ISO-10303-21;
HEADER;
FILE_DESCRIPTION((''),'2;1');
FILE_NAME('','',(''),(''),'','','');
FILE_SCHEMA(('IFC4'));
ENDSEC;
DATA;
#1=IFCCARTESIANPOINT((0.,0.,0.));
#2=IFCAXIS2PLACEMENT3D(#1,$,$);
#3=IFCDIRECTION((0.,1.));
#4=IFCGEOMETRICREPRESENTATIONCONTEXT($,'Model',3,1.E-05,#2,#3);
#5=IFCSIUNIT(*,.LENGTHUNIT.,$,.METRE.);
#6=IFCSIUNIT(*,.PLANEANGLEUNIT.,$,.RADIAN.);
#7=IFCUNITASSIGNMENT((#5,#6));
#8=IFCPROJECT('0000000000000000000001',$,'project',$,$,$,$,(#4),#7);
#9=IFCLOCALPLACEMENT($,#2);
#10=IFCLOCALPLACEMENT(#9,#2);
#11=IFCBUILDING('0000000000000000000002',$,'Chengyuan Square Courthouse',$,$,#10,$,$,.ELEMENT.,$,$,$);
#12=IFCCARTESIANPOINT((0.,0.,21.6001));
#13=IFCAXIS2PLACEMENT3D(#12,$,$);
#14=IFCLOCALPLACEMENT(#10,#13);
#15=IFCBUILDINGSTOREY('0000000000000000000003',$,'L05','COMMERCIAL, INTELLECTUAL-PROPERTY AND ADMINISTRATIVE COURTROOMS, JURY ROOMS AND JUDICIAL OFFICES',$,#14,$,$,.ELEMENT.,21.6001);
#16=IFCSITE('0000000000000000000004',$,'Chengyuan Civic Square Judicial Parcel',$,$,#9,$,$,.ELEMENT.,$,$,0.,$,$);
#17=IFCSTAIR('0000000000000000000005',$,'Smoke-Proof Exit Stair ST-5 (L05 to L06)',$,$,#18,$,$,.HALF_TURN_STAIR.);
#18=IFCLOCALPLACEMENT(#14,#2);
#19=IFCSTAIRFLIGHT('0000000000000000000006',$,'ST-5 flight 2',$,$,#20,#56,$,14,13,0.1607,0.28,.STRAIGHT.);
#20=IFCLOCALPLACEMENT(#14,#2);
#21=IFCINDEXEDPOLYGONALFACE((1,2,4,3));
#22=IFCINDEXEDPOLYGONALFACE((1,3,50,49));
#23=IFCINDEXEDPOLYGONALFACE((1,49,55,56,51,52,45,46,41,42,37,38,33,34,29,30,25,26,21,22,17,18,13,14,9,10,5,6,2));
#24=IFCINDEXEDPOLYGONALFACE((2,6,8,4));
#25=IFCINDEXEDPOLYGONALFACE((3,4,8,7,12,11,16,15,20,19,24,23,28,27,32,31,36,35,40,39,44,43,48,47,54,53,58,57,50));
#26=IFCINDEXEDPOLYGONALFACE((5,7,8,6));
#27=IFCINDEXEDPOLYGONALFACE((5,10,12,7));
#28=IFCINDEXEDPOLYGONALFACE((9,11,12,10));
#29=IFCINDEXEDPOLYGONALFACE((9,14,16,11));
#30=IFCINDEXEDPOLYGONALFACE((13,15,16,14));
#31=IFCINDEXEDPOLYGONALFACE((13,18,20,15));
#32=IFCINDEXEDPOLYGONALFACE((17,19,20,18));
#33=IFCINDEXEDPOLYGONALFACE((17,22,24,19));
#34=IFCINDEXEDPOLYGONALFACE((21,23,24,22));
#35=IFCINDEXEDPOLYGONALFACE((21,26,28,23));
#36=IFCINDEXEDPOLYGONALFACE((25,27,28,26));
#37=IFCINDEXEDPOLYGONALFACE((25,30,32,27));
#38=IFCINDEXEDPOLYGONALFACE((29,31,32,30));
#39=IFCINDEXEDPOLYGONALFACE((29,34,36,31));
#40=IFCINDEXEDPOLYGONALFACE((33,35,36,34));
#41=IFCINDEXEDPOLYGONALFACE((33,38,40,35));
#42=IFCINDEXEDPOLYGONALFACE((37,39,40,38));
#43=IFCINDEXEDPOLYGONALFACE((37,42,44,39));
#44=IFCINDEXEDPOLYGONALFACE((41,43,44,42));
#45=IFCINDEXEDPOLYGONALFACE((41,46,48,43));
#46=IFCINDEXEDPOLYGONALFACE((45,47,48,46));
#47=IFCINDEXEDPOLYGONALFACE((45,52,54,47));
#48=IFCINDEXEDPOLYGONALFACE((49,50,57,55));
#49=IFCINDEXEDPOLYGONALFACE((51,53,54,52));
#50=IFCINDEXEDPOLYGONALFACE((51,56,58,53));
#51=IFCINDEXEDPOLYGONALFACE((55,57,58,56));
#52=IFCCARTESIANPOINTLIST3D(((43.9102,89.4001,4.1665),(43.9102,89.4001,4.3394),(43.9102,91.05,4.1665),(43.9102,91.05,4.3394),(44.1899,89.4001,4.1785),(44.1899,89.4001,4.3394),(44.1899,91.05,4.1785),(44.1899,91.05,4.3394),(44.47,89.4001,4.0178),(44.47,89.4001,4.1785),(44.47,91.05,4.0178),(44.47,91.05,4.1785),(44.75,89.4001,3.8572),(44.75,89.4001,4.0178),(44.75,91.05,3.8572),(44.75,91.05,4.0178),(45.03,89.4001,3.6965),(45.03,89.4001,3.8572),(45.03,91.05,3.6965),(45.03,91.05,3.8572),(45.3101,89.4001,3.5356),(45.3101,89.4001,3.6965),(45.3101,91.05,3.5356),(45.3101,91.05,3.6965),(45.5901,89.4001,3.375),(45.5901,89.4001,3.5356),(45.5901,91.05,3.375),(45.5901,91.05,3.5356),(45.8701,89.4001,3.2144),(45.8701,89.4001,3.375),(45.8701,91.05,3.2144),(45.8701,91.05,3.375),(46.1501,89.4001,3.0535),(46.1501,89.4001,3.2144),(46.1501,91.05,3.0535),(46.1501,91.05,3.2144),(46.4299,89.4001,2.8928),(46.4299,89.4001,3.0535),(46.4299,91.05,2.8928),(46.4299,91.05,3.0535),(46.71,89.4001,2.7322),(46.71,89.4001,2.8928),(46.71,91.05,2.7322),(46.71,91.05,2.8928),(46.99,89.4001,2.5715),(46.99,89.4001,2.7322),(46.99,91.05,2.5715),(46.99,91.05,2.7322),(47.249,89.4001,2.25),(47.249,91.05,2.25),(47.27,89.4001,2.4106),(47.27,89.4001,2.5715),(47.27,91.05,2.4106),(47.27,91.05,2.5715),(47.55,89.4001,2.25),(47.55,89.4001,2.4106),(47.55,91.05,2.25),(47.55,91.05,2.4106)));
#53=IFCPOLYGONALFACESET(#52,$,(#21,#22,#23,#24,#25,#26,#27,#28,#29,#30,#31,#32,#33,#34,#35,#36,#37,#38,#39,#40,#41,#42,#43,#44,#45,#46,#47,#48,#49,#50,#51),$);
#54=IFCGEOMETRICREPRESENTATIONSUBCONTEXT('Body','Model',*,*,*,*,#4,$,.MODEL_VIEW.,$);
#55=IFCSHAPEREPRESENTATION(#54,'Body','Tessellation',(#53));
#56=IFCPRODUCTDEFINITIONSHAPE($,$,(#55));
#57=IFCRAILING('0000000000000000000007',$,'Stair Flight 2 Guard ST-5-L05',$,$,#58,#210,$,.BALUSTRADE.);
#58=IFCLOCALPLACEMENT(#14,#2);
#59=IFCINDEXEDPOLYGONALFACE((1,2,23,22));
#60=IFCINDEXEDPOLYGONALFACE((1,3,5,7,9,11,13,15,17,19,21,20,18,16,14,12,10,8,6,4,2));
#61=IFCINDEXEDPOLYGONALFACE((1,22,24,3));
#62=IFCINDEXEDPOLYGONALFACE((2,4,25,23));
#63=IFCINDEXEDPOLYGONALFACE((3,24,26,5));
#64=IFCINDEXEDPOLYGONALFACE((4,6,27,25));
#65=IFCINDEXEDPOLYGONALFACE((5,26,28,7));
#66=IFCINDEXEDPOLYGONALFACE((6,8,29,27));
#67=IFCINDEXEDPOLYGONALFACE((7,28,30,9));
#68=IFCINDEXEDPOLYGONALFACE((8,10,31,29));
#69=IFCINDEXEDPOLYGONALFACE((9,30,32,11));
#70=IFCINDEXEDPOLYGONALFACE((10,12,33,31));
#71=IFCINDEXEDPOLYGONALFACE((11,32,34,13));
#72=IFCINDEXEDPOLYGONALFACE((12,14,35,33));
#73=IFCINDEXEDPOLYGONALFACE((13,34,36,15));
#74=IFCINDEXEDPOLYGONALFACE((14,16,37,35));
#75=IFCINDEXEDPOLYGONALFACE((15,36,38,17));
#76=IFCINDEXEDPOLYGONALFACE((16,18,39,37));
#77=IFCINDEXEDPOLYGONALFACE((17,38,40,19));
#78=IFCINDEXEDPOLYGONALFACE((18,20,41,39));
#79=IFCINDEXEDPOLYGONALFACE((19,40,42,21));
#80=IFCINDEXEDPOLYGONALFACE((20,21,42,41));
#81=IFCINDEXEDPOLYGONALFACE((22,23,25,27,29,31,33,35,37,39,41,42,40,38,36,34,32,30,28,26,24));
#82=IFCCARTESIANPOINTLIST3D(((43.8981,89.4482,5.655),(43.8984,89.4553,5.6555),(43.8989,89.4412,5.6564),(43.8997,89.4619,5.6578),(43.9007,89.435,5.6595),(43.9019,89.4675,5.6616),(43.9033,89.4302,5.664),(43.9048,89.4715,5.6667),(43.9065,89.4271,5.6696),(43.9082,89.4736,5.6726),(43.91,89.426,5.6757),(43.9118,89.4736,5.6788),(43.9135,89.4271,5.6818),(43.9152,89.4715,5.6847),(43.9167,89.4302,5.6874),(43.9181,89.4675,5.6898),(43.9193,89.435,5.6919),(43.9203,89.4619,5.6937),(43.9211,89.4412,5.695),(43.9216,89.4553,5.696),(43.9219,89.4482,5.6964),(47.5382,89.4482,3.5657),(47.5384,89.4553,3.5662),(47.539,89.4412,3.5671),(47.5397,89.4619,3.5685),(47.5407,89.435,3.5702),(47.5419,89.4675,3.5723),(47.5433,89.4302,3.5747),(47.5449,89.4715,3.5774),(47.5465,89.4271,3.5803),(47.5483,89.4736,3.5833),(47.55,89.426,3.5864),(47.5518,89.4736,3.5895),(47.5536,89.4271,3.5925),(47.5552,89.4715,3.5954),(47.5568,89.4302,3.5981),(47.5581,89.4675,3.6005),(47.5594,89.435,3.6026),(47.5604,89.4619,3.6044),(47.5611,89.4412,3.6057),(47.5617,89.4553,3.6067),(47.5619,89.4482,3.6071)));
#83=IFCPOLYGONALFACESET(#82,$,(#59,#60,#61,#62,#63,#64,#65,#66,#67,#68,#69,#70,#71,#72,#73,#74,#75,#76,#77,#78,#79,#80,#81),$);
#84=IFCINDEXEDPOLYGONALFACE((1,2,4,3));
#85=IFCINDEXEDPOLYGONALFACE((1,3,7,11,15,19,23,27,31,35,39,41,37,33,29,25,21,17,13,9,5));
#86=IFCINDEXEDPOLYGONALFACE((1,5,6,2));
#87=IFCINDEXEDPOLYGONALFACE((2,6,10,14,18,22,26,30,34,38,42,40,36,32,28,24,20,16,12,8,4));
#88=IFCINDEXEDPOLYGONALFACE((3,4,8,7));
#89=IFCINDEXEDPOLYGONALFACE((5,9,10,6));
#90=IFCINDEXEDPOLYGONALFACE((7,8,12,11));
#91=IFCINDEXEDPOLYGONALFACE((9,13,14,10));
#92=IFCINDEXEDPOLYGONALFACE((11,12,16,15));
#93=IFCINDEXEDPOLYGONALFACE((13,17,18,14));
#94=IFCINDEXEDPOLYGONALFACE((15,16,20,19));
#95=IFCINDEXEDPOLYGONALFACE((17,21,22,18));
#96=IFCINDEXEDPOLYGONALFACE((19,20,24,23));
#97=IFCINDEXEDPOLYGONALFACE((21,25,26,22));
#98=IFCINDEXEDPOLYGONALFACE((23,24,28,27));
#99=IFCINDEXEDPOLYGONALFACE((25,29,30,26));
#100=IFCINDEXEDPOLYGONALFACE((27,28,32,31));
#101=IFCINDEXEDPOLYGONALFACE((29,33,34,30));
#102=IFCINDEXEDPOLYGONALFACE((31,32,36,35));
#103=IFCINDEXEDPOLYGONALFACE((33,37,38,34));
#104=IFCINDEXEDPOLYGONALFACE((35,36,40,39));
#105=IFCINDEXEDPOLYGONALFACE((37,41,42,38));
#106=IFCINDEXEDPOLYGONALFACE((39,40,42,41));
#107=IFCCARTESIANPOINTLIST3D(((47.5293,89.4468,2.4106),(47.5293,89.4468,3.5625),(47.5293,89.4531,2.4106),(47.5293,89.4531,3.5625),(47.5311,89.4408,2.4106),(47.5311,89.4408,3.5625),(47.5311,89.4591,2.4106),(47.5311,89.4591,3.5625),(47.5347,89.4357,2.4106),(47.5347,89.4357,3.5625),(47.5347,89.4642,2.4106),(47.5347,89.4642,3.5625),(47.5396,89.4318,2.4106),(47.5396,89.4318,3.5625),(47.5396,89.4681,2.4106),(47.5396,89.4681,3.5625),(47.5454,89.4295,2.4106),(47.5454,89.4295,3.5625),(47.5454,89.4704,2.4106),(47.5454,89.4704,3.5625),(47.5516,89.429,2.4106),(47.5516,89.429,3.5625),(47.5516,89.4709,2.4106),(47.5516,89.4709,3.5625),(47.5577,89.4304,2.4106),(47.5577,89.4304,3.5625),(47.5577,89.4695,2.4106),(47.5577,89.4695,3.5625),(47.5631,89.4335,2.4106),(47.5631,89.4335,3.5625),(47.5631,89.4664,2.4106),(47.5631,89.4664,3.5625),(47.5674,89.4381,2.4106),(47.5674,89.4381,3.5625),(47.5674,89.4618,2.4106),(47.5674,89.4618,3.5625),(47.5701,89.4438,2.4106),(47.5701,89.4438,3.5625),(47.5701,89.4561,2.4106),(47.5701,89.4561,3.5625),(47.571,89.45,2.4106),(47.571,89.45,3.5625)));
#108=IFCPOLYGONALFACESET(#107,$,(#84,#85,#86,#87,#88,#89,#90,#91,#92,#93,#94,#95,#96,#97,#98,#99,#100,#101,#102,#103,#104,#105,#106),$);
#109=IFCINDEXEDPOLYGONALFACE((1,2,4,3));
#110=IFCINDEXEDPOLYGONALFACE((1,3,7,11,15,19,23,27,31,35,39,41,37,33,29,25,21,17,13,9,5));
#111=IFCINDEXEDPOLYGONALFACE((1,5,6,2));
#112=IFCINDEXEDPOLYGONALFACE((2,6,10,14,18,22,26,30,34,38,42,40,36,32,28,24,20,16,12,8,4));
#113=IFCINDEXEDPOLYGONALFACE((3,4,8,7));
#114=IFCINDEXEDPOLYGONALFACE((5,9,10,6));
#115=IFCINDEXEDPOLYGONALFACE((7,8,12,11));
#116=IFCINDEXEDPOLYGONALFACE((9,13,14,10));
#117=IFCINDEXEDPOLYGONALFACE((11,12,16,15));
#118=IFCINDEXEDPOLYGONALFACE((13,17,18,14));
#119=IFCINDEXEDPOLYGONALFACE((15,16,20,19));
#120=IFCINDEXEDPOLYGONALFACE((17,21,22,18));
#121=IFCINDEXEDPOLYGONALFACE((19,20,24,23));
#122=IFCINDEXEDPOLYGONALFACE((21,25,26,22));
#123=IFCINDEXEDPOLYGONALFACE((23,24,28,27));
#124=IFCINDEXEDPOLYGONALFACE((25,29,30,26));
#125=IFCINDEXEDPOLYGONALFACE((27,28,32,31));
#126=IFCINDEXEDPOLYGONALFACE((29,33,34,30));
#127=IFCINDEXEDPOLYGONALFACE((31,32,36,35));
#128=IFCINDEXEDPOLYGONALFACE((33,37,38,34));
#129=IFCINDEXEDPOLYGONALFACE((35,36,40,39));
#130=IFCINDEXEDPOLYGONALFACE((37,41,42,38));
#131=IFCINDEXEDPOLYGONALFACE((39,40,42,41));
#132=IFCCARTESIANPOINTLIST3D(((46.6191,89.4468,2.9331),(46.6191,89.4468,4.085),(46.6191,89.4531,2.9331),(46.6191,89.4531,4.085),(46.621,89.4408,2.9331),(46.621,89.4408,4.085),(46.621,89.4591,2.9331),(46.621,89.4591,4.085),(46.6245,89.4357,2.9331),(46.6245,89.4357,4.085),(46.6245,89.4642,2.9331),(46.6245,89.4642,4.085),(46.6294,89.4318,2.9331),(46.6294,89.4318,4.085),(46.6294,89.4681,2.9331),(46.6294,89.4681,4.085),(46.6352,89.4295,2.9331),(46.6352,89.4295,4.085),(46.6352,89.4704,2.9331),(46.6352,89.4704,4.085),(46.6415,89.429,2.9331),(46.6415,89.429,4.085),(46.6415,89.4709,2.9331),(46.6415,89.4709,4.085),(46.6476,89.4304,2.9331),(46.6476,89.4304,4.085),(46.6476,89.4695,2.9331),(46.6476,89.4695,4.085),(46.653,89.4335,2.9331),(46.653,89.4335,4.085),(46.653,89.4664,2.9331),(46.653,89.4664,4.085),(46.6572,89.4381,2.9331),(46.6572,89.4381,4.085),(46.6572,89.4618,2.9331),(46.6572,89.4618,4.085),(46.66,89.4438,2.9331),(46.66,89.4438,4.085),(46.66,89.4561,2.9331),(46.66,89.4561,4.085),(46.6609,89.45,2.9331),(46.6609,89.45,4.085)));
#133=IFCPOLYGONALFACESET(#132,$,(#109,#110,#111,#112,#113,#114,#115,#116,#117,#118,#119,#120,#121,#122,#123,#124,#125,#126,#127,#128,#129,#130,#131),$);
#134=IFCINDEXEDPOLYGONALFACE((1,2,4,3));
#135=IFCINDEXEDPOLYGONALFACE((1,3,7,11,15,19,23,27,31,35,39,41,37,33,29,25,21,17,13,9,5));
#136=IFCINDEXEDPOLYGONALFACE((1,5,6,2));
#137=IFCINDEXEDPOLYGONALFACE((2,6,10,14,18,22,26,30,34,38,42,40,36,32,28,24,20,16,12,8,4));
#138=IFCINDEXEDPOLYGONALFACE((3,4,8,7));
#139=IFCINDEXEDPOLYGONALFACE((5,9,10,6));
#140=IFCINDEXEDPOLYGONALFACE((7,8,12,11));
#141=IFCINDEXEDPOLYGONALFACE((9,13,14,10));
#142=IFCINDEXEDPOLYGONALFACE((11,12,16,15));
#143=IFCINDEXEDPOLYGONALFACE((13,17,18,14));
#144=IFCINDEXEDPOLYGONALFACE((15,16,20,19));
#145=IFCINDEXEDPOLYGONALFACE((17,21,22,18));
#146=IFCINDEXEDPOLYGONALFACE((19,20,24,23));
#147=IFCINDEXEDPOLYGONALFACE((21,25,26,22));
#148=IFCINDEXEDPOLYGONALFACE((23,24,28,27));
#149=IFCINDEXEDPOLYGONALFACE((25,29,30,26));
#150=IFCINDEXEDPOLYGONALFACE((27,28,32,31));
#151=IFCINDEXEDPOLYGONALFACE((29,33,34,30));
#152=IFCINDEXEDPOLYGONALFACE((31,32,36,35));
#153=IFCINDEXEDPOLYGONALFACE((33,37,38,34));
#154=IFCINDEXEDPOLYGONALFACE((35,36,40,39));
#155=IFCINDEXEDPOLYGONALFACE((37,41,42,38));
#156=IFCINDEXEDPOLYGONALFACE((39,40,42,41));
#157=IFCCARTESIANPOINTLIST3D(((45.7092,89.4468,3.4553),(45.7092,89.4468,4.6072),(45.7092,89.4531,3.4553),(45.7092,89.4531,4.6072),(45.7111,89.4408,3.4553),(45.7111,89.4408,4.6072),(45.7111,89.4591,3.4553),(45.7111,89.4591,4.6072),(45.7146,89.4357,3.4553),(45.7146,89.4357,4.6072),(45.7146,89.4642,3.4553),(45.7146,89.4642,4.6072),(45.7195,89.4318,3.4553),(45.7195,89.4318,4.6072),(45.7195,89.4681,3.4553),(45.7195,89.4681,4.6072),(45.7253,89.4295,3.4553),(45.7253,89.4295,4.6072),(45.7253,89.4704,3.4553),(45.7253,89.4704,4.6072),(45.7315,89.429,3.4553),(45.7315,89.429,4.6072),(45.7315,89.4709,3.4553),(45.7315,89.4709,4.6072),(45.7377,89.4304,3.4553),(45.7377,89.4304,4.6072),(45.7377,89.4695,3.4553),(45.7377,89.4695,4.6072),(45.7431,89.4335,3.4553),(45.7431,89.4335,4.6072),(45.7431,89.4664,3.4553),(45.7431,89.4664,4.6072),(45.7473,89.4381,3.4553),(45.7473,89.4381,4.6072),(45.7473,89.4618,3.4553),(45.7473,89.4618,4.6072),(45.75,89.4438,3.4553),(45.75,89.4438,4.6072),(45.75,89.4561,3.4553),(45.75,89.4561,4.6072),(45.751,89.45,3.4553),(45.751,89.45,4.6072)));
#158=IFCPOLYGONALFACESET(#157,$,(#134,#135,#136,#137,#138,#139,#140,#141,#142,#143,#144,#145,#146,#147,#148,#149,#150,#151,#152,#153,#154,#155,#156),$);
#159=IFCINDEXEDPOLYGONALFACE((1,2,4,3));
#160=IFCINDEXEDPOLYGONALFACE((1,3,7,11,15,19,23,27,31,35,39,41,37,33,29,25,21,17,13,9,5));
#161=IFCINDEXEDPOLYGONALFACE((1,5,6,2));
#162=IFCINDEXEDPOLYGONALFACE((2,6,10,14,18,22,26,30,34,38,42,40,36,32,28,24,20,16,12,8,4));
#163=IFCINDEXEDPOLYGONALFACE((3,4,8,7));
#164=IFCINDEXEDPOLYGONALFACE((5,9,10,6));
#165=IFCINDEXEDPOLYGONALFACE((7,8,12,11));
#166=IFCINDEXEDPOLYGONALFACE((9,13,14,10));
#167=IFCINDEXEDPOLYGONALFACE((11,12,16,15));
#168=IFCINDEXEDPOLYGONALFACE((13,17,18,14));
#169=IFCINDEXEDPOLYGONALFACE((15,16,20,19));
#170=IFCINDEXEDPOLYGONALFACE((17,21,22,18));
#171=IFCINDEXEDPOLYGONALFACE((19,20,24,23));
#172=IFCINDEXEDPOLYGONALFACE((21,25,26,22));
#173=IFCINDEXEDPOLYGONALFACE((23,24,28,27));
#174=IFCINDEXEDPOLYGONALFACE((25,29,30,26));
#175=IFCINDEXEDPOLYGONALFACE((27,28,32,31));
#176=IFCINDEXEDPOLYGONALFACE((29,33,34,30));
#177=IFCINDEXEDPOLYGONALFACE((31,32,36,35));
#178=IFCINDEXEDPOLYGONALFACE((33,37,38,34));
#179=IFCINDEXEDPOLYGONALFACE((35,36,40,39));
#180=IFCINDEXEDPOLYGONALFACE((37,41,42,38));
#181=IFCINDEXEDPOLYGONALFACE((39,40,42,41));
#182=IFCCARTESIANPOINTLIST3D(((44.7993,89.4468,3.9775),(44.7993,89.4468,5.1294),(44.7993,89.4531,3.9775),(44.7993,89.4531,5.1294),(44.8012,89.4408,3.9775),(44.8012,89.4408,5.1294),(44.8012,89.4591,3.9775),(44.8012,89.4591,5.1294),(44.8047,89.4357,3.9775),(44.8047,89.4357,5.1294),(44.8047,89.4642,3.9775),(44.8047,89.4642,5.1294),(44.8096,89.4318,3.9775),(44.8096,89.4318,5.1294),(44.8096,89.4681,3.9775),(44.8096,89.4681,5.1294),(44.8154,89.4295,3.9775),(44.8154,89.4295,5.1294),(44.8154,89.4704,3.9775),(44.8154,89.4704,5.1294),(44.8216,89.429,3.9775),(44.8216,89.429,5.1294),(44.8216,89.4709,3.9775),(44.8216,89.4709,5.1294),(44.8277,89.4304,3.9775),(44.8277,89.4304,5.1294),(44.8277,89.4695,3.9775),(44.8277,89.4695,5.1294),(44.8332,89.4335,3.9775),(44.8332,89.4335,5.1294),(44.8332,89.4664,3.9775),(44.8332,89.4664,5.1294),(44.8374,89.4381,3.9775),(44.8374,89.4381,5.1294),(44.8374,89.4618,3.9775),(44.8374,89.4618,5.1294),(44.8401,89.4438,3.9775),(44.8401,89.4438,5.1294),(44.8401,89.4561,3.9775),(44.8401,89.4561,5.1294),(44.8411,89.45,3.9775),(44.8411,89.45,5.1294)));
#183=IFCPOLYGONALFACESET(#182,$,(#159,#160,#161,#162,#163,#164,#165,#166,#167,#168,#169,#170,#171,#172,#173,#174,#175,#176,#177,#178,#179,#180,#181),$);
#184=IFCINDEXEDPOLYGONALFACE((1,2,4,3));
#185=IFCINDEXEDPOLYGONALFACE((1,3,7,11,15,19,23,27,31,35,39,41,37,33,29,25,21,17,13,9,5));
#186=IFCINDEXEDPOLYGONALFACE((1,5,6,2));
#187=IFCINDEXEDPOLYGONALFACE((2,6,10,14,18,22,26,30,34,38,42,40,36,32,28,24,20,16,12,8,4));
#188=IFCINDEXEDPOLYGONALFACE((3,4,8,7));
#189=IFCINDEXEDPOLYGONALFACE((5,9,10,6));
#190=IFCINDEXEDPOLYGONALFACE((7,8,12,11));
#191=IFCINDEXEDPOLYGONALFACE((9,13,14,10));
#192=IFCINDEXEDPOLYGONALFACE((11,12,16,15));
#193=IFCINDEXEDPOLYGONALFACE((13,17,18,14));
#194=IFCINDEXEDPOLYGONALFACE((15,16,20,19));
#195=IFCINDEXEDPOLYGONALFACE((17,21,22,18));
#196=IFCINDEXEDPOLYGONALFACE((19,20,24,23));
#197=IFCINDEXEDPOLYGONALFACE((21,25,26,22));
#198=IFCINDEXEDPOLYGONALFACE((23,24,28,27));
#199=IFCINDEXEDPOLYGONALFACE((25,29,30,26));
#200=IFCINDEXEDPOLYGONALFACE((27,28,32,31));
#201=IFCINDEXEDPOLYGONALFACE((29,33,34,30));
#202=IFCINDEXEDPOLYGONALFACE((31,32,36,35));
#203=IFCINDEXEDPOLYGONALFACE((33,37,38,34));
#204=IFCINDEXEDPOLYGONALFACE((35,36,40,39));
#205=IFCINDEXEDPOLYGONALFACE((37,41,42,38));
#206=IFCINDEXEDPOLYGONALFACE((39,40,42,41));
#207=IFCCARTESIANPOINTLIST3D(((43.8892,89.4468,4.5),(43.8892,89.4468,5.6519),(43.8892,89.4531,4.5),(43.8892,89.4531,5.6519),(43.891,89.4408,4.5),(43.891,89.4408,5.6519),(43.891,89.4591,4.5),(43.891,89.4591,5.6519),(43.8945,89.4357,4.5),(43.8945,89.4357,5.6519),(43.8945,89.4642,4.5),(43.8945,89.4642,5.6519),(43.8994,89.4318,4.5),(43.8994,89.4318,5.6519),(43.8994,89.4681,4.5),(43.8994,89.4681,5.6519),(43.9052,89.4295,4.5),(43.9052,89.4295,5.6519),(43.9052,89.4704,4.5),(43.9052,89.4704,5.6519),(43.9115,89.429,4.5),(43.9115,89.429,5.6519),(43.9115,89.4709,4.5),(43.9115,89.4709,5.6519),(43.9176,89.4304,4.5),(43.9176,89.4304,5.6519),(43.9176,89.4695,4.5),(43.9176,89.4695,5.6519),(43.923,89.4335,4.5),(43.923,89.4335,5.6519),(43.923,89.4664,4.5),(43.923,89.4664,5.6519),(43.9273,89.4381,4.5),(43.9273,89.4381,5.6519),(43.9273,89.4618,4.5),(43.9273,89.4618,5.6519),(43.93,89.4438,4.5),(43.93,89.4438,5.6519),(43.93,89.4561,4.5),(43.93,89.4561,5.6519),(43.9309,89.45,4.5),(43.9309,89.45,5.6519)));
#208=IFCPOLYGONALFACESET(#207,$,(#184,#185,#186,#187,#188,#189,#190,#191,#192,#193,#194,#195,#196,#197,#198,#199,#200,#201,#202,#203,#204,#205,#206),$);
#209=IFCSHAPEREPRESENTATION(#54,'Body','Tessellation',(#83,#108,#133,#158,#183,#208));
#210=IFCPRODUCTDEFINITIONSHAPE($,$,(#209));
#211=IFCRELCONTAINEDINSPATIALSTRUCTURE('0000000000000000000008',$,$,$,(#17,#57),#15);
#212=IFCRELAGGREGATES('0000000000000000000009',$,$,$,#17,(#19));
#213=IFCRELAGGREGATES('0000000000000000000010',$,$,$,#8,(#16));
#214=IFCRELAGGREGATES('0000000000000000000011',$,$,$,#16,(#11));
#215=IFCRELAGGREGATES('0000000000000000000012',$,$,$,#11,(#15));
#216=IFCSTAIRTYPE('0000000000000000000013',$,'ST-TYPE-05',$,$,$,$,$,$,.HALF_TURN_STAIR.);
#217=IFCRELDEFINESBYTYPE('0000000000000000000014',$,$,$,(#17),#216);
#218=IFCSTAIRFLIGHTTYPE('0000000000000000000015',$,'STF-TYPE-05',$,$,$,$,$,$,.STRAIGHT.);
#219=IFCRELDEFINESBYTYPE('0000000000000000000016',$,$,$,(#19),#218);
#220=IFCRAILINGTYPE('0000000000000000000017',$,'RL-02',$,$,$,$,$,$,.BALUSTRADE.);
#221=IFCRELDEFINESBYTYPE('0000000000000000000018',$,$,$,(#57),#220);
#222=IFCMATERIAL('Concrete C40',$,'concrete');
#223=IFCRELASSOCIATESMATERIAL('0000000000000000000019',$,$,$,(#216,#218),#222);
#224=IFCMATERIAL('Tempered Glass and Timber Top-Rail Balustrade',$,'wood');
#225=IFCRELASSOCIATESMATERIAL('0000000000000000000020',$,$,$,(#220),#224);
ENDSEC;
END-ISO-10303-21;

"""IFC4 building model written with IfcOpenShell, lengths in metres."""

from ifc_helpers import new_model, si_unit, direction, frame, origin, origin_2d, place, context, subcontext, project, spatial, polyline, circle, outline, extrude, material, type_object, element, aggregate, save


model = new_model("IFC4")

# Units and contexts
model_context = context("Model", 3, precision=1e-05, world=origin(), true_north=direction((0.0, 1.0)))
body_context = subcontext(model_context, "Body", "Model", "MODEL_VIEW")
ifc_project = project(units=[si_unit("LENGTHUNIT", "METRE"), si_unit("PLANEANGLEUNIT", "RADIAN")], contexts=[model_context])

# Site, building, storey
site_placement = place(None, origin())
site = spatial("IfcSite", under=ifc_project, at=site_placement, Name="Chengyuan Civic Square Judicial Parcel", CompositionType="ELEMENT", RefElevation=0.0)
building_placement = place(site_placement, origin())
building = spatial("IfcBuilding", under=site, at=building_placement, Name="Chengyuan Square Courthouse", CompositionType="ELEMENT")
storey_placement = place(building_placement, frame((0.0, 0.0, 21.6001)))
storey = spatial("IfcBuildingStorey", under=building, at=storey_placement, Name="L05", Description="COMMERCIAL, INTELLECTUAL-PROPERTY AND ADMINISTRATIVE COURTROOMS, JURY ROOMS AND JUDICIAL OFFICES", CompositionType="ELEMENT", Elevation=21.6001)

# Shared definitions
ifc_material_1 = material(Name="Concrete C40", Category="concrete")

# Stair, stair flight
stair_type = type_object("IfcStairType", Name="ST-TYPE-05", PredefinedType="HALF_TURN_STAIR", material=ifc_material_1)
stair_placement = place(storey_placement, origin())
stair = element("IfcStair", 1, at=stair_placement, inside=storey, type_object=stair_type, Name="Smoke-Proof Exit Stair ST-5 (L05 to L06)", PredefinedType="HALF_TURN_STAIR")
stair_flight_type = type_object("IfcStairFlightType", Name="STF-TYPE-05", PredefinedType="STRAIGHT", material=ifc_material_1)
stair_flight_placement = place(storey_placement, frame((47.55, 90.2251, 2.25), z_axis=(0.0, 0.0, 1.0), x_axis=(-1.0, 0.0, 0.0)))
stair_flight = element("IfcStairFlight", 2, at=stair_flight_placement, type_object=stair_flight_type, Name="ST-5 flight 2", NumberOfRisers=14, NumberOfTreads=13, PredefinedType="STRAIGHT", RiserHeight=0.1607, TreadLength=0.28, context=body_context, shape_type="SweptSolid", body=[
    extrude(outline(polyline([(0.0, 0.0), (0.0, 0.1606), (0.28, 0.1606), (0.28, 0.3215), (0.5601, 0.3215), (0.5601, 0.4822), (0.8401, 0.4822), (0.8401, 0.6428), (1.1201, 0.6428), (1.1201, 0.8035), (1.3999, 0.8035), (1.3999, 0.9644), (1.6799, 0.9644), (1.6799, 1.125), (1.96, 1.125), (1.96, 1.2856), (2.24, 1.2856), (2.24, 1.4465), (2.52, 1.4465), (2.52, 1.6072), (2.8, 1.6072), (2.8, 1.7678), (3.0801, 1.7678), (3.0801, 1.9285), (3.3601, 1.9285), (3.3601, 2.0894), (3.6399, 2.0894), (3.6399, 2.25), (3.6399, 1.9165), (0.301, 0.0), (0.0, 0.0)])), frame((0.0, 0.825, 0.0), z_axis=(0.0, -1.0, 0.0), x_axis=(1.0, 0.0, 0.0)), (0.0, 0.0, 1.0), 1.6499),
])
aggregate(stair, [stair_flight])

# Railing
ifc_material_2 = material(Name="Tempered Glass and Timber Top-Rail Balustrade", Category="wood")
railing_type_1 = type_object("IfcRailingType", Name="RL-02", PredefinedType="BALUSTRADE", material=ifc_material_2)
railing_1_placement = place(storey_placement, frame((47.55, 89.45, 2.4106)))
element("IfcRailing", 3, at=railing_1_placement, inside=storey, type_object=railing_type_1, Name="Stair Flight 2 Guard ST-5-L05", PredefinedType="BALUSTRADE", context=body_context, shape_type="SweptSolid", body=[
    extrude(circle(Radius=0.0239, at=origin_2d()), frame((0.0, 0.0, 1.1758), z_axis=(-0.867289, 0.0, 0.497804), x_axis=(0.0, -1.0, 0.0)), (0.0, 0.0, 1.0), 4.197),
    extrude(circle(Radius=0.021, at=origin_2d()), origin(), (0.0, 0.0, 1.0), 1.1519),
    extrude(circle(Radius=0.021, at=origin_2d()), frame((-0.9102, 0.0, 0.5225)), (0.0, 0.0, 1.0), 1.1519),
    extrude(circle(Radius=0.021, at=origin_2d()), frame((-1.8201, 0.0, 1.0447)), (0.0, 0.0, 1.0), 1.1519),
    extrude(circle(Radius=0.021, at=origin_2d()), frame((-2.73, 0.0, 1.5669)), (0.0, 0.0, 1.0), 1.1519),
    extrude(circle(Radius=0.021, at=origin_2d()), frame((-3.6401, 0.0, 2.0894)), (0.0, 0.0, 1.0), 1.1519),
])

save(model, "model.ifc")
